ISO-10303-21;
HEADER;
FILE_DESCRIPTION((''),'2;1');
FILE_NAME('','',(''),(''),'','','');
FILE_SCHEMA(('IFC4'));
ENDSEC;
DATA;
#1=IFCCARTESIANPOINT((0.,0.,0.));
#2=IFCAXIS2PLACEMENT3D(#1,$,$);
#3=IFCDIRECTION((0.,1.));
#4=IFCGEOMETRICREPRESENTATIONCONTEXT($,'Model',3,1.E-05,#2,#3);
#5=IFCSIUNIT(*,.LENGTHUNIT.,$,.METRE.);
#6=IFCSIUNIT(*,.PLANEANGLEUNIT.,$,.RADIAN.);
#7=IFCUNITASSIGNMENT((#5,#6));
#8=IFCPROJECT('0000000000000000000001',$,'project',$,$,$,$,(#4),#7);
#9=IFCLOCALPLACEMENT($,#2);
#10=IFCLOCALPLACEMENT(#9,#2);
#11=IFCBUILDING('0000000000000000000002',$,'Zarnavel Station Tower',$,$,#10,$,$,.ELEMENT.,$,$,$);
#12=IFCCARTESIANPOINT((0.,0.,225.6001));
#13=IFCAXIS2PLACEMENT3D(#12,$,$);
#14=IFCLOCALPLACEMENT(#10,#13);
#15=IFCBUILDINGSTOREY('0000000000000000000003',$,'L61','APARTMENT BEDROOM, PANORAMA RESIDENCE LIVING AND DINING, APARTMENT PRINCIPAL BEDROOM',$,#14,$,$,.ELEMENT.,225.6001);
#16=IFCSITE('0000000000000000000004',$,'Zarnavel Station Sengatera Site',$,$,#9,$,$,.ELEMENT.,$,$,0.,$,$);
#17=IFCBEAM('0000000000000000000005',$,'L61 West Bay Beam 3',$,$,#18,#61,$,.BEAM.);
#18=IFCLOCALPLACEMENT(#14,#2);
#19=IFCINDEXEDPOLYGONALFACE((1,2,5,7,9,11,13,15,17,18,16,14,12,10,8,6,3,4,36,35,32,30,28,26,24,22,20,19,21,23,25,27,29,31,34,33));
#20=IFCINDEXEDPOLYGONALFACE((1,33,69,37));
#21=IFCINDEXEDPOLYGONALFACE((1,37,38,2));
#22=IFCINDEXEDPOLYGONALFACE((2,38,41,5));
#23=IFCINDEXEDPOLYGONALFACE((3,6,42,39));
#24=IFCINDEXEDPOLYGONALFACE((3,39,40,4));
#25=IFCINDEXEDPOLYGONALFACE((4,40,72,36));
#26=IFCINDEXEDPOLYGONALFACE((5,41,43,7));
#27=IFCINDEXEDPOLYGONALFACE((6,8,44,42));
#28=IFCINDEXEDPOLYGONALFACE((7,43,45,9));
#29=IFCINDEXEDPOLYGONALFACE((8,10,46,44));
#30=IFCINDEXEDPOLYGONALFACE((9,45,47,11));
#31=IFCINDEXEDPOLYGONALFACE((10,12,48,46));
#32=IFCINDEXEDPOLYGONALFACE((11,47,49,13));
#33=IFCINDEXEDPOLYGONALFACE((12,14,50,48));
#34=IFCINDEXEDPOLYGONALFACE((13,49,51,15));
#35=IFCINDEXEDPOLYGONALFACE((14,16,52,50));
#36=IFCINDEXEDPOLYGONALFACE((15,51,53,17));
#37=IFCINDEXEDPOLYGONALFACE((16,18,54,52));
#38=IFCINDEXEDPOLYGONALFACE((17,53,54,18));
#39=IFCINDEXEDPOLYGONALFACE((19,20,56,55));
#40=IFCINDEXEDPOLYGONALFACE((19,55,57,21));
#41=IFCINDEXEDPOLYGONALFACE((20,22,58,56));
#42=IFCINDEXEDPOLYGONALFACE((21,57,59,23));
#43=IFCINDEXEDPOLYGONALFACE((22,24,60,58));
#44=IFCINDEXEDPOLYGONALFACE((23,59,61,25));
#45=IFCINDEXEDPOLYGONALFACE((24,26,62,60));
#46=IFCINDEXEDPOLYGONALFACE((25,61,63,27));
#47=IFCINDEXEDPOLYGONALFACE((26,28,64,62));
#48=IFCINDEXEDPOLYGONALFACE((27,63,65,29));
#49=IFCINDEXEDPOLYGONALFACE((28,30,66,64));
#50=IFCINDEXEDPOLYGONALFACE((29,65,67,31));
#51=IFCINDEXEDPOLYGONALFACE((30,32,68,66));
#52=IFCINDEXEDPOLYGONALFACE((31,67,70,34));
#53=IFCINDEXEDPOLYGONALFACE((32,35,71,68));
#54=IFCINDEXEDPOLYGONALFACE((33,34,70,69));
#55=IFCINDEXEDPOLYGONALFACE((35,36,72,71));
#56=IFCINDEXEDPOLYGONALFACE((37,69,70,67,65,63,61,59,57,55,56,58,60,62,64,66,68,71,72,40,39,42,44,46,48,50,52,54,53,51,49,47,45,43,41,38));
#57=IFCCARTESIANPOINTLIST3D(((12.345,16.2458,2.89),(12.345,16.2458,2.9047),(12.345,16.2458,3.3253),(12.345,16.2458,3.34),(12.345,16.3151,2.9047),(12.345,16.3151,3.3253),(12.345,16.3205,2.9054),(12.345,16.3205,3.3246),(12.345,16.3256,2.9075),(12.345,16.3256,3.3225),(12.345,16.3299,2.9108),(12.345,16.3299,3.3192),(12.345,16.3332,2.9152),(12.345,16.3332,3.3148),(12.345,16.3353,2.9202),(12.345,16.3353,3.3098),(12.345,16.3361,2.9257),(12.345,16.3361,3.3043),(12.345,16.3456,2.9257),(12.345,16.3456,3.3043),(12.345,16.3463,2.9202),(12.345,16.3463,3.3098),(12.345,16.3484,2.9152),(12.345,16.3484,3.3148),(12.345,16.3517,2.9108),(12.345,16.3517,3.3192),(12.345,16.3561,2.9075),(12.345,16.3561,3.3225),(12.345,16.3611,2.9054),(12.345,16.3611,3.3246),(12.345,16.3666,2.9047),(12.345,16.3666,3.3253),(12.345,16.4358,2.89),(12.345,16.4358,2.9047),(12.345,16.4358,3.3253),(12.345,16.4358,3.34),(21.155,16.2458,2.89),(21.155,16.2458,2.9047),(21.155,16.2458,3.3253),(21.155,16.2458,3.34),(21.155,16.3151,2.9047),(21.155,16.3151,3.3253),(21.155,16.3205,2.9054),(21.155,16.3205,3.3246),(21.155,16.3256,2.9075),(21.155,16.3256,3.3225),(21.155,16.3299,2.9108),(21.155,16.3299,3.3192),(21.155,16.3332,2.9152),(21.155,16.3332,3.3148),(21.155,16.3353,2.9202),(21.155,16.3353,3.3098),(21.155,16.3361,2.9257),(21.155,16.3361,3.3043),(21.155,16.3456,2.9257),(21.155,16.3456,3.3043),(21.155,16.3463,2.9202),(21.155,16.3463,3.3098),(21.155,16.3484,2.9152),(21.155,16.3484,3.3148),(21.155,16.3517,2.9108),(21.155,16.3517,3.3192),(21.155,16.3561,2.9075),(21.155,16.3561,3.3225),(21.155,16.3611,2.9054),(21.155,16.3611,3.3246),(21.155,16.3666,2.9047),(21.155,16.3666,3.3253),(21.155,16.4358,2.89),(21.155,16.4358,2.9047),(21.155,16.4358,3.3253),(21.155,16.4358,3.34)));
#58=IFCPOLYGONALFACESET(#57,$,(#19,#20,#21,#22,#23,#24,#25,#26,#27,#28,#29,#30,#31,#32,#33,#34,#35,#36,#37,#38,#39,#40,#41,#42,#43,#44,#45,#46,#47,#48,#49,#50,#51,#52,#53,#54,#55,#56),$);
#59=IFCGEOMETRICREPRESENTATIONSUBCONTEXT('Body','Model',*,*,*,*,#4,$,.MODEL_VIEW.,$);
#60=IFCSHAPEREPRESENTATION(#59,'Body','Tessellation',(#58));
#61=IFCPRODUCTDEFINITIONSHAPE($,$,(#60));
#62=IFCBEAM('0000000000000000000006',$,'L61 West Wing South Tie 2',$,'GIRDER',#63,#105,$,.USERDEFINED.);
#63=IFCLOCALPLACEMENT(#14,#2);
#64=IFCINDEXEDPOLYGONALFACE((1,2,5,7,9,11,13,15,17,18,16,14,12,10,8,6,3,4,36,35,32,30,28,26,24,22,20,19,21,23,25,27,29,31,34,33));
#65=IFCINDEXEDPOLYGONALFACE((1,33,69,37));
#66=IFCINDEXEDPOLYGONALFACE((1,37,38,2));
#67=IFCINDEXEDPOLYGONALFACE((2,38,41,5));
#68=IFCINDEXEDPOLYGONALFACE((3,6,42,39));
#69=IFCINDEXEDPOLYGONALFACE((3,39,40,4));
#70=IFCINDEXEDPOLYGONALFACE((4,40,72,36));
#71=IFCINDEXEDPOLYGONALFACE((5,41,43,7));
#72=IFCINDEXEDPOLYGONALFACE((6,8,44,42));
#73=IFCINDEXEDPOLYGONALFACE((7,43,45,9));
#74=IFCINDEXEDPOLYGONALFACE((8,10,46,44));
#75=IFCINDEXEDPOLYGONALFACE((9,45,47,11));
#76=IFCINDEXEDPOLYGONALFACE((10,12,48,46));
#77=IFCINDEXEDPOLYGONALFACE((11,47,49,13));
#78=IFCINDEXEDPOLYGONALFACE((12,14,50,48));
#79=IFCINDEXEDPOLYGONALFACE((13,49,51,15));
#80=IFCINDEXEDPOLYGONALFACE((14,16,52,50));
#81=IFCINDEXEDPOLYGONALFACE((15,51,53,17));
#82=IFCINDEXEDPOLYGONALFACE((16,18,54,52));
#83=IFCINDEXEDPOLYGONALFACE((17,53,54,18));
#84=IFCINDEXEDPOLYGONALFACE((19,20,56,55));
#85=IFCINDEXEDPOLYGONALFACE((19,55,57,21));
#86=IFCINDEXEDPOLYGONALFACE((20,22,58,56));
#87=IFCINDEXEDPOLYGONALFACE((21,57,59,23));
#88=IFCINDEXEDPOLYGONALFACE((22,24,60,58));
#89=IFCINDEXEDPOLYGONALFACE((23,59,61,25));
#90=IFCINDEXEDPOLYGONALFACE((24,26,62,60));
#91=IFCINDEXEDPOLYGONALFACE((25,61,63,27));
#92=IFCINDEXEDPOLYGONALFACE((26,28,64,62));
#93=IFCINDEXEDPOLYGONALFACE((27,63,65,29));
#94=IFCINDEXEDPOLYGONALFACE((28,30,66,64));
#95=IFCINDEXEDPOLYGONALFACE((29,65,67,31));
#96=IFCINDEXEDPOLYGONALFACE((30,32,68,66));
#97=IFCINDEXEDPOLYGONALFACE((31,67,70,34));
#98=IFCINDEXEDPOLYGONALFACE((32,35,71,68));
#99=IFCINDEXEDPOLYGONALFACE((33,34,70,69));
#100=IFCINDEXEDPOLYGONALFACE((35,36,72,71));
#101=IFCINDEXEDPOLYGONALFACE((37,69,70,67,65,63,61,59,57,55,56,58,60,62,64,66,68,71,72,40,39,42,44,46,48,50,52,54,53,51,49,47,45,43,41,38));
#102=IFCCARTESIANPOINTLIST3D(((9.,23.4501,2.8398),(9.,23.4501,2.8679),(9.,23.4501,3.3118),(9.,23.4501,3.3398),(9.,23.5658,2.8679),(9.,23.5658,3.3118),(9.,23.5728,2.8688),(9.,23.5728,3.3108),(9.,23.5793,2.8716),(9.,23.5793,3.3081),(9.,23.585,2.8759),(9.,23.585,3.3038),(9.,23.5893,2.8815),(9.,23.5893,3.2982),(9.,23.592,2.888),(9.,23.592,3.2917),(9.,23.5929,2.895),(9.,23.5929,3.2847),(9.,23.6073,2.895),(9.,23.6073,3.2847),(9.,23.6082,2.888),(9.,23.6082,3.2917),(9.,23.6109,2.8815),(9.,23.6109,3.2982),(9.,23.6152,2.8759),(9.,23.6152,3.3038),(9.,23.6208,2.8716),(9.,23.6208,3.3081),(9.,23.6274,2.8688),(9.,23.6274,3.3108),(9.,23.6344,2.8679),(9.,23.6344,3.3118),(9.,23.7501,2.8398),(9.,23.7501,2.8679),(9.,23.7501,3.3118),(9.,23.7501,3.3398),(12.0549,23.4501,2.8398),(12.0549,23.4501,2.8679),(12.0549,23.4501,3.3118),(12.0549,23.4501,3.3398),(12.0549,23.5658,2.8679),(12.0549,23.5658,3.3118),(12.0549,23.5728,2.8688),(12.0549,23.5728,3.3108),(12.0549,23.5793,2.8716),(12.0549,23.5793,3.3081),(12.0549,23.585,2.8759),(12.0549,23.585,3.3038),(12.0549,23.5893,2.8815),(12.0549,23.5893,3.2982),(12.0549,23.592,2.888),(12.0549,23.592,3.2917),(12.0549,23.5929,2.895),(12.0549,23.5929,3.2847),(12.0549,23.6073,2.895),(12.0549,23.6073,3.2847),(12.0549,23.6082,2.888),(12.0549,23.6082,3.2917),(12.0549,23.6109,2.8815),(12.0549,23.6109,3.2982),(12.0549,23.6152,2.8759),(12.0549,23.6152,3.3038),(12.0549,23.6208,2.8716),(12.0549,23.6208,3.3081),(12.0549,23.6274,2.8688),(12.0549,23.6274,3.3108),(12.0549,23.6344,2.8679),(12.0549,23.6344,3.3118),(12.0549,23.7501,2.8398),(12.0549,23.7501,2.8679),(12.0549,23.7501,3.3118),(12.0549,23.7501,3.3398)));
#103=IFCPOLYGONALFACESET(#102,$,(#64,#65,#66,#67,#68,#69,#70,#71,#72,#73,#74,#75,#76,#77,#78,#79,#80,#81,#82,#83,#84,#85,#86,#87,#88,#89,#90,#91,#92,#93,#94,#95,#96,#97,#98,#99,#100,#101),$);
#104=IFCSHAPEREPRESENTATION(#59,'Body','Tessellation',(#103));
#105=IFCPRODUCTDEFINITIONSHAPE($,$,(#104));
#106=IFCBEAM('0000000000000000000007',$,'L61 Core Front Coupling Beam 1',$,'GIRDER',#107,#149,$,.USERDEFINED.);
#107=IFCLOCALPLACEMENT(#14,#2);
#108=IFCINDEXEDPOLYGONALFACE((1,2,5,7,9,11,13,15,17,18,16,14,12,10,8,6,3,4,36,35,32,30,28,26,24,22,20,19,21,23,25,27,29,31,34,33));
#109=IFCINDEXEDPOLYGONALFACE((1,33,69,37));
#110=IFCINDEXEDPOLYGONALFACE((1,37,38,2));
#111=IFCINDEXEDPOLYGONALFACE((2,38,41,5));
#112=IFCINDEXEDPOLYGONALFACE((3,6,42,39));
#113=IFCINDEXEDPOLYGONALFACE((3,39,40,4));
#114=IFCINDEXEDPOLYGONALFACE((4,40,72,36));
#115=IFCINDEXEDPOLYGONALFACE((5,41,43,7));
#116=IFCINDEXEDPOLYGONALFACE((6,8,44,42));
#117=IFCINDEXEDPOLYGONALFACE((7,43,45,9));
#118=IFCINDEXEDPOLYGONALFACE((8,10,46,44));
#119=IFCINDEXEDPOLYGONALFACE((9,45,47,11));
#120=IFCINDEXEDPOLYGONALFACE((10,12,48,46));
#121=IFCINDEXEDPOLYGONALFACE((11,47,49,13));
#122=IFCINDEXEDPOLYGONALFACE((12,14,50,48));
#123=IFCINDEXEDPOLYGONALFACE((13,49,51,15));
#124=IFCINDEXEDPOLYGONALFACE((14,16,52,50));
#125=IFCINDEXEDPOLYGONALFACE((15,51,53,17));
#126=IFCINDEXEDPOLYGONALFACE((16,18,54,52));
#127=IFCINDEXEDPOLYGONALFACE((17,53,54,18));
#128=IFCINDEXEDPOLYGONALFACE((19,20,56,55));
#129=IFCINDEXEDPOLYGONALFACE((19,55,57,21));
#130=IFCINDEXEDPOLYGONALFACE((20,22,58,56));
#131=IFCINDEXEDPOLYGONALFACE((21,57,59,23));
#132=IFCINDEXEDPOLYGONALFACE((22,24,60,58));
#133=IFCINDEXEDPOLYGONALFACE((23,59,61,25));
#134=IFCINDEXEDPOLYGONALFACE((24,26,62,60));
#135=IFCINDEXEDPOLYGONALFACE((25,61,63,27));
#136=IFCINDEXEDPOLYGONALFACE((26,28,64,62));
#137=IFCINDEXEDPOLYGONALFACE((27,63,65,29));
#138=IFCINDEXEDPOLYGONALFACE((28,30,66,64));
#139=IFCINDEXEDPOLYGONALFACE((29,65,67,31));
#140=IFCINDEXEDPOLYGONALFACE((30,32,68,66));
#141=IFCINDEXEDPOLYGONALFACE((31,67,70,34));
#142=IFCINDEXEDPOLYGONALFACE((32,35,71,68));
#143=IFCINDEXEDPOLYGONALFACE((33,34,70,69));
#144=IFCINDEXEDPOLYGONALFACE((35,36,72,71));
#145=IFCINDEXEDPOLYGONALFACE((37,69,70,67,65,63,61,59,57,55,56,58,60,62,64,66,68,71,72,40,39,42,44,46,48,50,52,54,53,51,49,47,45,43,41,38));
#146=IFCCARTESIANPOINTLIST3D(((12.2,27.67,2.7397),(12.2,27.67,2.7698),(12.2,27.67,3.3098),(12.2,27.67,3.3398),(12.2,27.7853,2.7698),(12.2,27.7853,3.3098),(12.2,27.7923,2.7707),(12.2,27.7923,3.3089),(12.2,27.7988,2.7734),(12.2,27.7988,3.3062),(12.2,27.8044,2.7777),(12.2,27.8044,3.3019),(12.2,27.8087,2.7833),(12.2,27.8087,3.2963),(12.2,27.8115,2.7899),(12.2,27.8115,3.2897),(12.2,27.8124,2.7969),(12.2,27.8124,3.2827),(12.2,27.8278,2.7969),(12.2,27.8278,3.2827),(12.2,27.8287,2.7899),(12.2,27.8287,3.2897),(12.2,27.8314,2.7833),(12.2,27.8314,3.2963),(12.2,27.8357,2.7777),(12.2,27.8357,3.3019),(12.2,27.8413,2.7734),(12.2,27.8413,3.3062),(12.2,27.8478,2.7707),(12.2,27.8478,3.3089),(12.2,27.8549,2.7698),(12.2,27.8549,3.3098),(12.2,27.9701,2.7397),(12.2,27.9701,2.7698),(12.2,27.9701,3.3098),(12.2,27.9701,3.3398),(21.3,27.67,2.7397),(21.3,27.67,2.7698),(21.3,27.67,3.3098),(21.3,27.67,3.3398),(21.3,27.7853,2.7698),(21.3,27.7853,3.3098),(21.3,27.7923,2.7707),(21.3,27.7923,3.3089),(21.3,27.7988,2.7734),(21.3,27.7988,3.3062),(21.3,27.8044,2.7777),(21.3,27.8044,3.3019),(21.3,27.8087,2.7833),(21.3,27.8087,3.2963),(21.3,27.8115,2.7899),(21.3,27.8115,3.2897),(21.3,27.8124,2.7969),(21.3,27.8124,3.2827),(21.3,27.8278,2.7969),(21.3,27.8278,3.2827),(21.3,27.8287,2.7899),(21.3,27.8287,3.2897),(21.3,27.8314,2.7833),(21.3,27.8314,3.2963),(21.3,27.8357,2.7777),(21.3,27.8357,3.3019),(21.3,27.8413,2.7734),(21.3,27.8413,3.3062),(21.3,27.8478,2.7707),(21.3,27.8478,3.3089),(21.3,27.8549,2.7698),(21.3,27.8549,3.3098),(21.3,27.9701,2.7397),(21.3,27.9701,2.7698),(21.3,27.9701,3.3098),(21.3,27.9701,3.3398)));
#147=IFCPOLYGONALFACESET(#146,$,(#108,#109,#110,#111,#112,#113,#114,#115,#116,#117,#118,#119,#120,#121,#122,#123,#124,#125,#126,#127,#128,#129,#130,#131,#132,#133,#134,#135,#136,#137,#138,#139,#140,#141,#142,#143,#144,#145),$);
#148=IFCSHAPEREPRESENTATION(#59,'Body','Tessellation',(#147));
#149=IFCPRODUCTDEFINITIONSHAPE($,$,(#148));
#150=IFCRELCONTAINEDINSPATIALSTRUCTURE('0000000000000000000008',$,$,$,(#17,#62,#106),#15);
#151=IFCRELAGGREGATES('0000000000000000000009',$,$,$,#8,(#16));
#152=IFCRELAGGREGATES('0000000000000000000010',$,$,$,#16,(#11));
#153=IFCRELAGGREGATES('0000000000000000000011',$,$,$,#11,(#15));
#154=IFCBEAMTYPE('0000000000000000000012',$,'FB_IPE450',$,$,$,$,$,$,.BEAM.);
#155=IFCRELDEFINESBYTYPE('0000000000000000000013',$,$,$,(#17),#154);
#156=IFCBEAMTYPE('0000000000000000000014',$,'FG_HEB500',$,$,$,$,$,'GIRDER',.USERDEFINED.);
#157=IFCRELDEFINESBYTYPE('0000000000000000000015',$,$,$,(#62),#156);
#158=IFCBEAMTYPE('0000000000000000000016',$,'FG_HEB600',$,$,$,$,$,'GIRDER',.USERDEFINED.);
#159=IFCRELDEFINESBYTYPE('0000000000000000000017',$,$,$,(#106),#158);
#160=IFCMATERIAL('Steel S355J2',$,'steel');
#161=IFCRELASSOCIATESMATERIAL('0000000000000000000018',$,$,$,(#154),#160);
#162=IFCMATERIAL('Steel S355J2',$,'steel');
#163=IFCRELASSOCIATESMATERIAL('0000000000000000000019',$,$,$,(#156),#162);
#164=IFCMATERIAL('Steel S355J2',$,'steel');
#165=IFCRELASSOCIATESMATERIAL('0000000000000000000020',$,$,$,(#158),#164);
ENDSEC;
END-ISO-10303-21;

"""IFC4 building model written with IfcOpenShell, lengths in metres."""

from ifc_helpers import new_model, si_unit, direction, frame, origin, origin_2d, place, context, subcontext, project, spatial, i_section, extrude, material, material_profile, profile_set, type_object, element, save


model = new_model("IFC4")

# Units and contexts
model_context = context("Model", 3, precision=1e-05, world=origin(), true_north=direction((0.0, 1.0)))
body_context = subcontext(model_context, "Body", "Model", "MODEL_VIEW")
ifc_project = project(units=[si_unit("LENGTHUNIT", "METRE"), si_unit("PLANEANGLEUNIT", "RADIAN")], contexts=[model_context])

# Site, building, storey
site_placement = place(None, origin())
site = spatial("IfcSite", under=ifc_project, at=site_placement, Name="Zarnavel Station Sengatera Site", CompositionType="ELEMENT", RefElevation=0.0)
building_placement = place(site_placement, origin())
building = spatial("IfcBuilding", under=site, at=building_placement, Name="Zarnavel Station Tower", CompositionType="ELEMENT")
storey_placement = place(building_placement, frame((0.0, 0.0, 225.6001)))
storey = spatial("IfcBuildingStorey", under=building, at=storey_placement, Name="L61", Description="APARTMENT BEDROOM, PANORAMA RESIDENCE LIVING AND DINING, APARTMENT PRINCIPAL BEDROOM", CompositionType="ELEMENT", Elevation=225.6001)

# Beams
ifc_material_1 = material(Name="Steel S355J2", Category="steel")
ifc_material_profile_1 = material_profile(ifc_material_1, i_section(OverallWidth=0.1899, OverallDepth=0.45, WebThickness=0.0095, FlangeThickness=0.0146, FilletRadius=0.021, at=origin_2d()), Name="IPE450")
ifc_profile_set_1 = profile_set([ifc_material_profile_1], Name="Steel S355J2")
beam_type_1 = type_object("IfcBeamType", Name="FB_IPE450", PredefinedType="BEAM", material=ifc_profile_set_1)
beam_1_placement = place(storey_placement, frame((12.345, 16.3408, 3.115), z_axis=(1.0, 0.0, 0.0), x_axis=(0.0, 1.0, 0.0)))
element("IfcBeam", 1, at=beam_1_placement, inside=storey, type_object=beam_type_1, Name="L61 West Bay Beam 3", PredefinedType="BEAM", context=body_context, shape_type="SweptSolid", body=[
    extrude(i_section(OverallWidth=0.1899, OverallDepth=0.45, WebThickness=0.0095, FlangeThickness=0.0146, FilletRadius=0.021, at=origin_2d()), origin(), (0.0, 0.0, 1.0), 8.8101),
])
ifc_material_2 = material(Name="Steel S355J2", Category="steel")
ifc_material_profile_2 = material_profile(ifc_material_2, i_section(OverallWidth=0.3, OverallDepth=0.5, WebThickness=0.0144, FlangeThickness=0.0281, FilletRadius=0.0271, at=origin_2d()), Name="HEB500")
ifc_profile_set_2 = profile_set([ifc_material_profile_2], Name="Steel S355J2")
beam_type_2 = type_object("IfcBeamType", Name="FG_HEB500", ElementType="GIRDER", PredefinedType="USERDEFINED", material=ifc_profile_set_2)
beam_2_placement = place(storey_placement, frame((9.0, 23.6001, 3.0898), z_axis=(1.0, 0.0, 0.0), x_axis=(0.0, 1.0, 0.0)))
element("IfcBeam", 2, at=beam_2_placement, inside=storey, type_object=beam_type_2, Name="L61 West Wing South Tie 2", ObjectType="GIRDER", PredefinedType="USERDEFINED", context=body_context, shape_type="SweptSolid", body=[
    extrude(i_section(OverallWidth=0.3, OverallDepth=0.5, WebThickness=0.0144, FlangeThickness=0.0281, FilletRadius=0.0271, at=origin_2d()), origin(), (0.0, 0.0, 1.0), 3.0549),
])
ifc_material_3 = material(Name="Steel S355J2", Category="steel")
ifc_material_profile_3 = material_profile(ifc_material_3, i_section(OverallWidth=0.3, OverallDepth=0.6001, WebThickness=0.0154, FlangeThickness=0.03, FilletRadius=0.0271, at=origin_2d()), Name="HEB600")
ifc_profile_set_3 = profile_set([ifc_material_profile_3], Name="Steel S355J2")
beam_type_3 = type_object("IfcBeamType", Name="FG_HEB600", ElementType="GIRDER", PredefinedType="USERDEFINED", material=ifc_profile_set_3)
beam_3_placement = place(storey_placement, frame((12.2, 27.8201, 3.0398), z_axis=(1.0, 0.0, 0.0), x_axis=(0.0, 1.0, 0.0)))
element("IfcBeam", 3, at=beam_3_placement, inside=storey, type_object=beam_type_3, Name="L61 Core Front Coupling Beam 1", ObjectType="GIRDER", PredefinedType="USERDEFINED", context=body_context, shape_type="SweptSolid", body=[
    extrude(i_section(OverallWidth=0.3, OverallDepth=0.6001, WebThickness=0.0154, FlangeThickness=0.03, FilletRadius=0.0271, at=origin_2d()), origin(), (0.0, 0.0, 1.0), 9.1001),
])

save(model, "model.ifc")
